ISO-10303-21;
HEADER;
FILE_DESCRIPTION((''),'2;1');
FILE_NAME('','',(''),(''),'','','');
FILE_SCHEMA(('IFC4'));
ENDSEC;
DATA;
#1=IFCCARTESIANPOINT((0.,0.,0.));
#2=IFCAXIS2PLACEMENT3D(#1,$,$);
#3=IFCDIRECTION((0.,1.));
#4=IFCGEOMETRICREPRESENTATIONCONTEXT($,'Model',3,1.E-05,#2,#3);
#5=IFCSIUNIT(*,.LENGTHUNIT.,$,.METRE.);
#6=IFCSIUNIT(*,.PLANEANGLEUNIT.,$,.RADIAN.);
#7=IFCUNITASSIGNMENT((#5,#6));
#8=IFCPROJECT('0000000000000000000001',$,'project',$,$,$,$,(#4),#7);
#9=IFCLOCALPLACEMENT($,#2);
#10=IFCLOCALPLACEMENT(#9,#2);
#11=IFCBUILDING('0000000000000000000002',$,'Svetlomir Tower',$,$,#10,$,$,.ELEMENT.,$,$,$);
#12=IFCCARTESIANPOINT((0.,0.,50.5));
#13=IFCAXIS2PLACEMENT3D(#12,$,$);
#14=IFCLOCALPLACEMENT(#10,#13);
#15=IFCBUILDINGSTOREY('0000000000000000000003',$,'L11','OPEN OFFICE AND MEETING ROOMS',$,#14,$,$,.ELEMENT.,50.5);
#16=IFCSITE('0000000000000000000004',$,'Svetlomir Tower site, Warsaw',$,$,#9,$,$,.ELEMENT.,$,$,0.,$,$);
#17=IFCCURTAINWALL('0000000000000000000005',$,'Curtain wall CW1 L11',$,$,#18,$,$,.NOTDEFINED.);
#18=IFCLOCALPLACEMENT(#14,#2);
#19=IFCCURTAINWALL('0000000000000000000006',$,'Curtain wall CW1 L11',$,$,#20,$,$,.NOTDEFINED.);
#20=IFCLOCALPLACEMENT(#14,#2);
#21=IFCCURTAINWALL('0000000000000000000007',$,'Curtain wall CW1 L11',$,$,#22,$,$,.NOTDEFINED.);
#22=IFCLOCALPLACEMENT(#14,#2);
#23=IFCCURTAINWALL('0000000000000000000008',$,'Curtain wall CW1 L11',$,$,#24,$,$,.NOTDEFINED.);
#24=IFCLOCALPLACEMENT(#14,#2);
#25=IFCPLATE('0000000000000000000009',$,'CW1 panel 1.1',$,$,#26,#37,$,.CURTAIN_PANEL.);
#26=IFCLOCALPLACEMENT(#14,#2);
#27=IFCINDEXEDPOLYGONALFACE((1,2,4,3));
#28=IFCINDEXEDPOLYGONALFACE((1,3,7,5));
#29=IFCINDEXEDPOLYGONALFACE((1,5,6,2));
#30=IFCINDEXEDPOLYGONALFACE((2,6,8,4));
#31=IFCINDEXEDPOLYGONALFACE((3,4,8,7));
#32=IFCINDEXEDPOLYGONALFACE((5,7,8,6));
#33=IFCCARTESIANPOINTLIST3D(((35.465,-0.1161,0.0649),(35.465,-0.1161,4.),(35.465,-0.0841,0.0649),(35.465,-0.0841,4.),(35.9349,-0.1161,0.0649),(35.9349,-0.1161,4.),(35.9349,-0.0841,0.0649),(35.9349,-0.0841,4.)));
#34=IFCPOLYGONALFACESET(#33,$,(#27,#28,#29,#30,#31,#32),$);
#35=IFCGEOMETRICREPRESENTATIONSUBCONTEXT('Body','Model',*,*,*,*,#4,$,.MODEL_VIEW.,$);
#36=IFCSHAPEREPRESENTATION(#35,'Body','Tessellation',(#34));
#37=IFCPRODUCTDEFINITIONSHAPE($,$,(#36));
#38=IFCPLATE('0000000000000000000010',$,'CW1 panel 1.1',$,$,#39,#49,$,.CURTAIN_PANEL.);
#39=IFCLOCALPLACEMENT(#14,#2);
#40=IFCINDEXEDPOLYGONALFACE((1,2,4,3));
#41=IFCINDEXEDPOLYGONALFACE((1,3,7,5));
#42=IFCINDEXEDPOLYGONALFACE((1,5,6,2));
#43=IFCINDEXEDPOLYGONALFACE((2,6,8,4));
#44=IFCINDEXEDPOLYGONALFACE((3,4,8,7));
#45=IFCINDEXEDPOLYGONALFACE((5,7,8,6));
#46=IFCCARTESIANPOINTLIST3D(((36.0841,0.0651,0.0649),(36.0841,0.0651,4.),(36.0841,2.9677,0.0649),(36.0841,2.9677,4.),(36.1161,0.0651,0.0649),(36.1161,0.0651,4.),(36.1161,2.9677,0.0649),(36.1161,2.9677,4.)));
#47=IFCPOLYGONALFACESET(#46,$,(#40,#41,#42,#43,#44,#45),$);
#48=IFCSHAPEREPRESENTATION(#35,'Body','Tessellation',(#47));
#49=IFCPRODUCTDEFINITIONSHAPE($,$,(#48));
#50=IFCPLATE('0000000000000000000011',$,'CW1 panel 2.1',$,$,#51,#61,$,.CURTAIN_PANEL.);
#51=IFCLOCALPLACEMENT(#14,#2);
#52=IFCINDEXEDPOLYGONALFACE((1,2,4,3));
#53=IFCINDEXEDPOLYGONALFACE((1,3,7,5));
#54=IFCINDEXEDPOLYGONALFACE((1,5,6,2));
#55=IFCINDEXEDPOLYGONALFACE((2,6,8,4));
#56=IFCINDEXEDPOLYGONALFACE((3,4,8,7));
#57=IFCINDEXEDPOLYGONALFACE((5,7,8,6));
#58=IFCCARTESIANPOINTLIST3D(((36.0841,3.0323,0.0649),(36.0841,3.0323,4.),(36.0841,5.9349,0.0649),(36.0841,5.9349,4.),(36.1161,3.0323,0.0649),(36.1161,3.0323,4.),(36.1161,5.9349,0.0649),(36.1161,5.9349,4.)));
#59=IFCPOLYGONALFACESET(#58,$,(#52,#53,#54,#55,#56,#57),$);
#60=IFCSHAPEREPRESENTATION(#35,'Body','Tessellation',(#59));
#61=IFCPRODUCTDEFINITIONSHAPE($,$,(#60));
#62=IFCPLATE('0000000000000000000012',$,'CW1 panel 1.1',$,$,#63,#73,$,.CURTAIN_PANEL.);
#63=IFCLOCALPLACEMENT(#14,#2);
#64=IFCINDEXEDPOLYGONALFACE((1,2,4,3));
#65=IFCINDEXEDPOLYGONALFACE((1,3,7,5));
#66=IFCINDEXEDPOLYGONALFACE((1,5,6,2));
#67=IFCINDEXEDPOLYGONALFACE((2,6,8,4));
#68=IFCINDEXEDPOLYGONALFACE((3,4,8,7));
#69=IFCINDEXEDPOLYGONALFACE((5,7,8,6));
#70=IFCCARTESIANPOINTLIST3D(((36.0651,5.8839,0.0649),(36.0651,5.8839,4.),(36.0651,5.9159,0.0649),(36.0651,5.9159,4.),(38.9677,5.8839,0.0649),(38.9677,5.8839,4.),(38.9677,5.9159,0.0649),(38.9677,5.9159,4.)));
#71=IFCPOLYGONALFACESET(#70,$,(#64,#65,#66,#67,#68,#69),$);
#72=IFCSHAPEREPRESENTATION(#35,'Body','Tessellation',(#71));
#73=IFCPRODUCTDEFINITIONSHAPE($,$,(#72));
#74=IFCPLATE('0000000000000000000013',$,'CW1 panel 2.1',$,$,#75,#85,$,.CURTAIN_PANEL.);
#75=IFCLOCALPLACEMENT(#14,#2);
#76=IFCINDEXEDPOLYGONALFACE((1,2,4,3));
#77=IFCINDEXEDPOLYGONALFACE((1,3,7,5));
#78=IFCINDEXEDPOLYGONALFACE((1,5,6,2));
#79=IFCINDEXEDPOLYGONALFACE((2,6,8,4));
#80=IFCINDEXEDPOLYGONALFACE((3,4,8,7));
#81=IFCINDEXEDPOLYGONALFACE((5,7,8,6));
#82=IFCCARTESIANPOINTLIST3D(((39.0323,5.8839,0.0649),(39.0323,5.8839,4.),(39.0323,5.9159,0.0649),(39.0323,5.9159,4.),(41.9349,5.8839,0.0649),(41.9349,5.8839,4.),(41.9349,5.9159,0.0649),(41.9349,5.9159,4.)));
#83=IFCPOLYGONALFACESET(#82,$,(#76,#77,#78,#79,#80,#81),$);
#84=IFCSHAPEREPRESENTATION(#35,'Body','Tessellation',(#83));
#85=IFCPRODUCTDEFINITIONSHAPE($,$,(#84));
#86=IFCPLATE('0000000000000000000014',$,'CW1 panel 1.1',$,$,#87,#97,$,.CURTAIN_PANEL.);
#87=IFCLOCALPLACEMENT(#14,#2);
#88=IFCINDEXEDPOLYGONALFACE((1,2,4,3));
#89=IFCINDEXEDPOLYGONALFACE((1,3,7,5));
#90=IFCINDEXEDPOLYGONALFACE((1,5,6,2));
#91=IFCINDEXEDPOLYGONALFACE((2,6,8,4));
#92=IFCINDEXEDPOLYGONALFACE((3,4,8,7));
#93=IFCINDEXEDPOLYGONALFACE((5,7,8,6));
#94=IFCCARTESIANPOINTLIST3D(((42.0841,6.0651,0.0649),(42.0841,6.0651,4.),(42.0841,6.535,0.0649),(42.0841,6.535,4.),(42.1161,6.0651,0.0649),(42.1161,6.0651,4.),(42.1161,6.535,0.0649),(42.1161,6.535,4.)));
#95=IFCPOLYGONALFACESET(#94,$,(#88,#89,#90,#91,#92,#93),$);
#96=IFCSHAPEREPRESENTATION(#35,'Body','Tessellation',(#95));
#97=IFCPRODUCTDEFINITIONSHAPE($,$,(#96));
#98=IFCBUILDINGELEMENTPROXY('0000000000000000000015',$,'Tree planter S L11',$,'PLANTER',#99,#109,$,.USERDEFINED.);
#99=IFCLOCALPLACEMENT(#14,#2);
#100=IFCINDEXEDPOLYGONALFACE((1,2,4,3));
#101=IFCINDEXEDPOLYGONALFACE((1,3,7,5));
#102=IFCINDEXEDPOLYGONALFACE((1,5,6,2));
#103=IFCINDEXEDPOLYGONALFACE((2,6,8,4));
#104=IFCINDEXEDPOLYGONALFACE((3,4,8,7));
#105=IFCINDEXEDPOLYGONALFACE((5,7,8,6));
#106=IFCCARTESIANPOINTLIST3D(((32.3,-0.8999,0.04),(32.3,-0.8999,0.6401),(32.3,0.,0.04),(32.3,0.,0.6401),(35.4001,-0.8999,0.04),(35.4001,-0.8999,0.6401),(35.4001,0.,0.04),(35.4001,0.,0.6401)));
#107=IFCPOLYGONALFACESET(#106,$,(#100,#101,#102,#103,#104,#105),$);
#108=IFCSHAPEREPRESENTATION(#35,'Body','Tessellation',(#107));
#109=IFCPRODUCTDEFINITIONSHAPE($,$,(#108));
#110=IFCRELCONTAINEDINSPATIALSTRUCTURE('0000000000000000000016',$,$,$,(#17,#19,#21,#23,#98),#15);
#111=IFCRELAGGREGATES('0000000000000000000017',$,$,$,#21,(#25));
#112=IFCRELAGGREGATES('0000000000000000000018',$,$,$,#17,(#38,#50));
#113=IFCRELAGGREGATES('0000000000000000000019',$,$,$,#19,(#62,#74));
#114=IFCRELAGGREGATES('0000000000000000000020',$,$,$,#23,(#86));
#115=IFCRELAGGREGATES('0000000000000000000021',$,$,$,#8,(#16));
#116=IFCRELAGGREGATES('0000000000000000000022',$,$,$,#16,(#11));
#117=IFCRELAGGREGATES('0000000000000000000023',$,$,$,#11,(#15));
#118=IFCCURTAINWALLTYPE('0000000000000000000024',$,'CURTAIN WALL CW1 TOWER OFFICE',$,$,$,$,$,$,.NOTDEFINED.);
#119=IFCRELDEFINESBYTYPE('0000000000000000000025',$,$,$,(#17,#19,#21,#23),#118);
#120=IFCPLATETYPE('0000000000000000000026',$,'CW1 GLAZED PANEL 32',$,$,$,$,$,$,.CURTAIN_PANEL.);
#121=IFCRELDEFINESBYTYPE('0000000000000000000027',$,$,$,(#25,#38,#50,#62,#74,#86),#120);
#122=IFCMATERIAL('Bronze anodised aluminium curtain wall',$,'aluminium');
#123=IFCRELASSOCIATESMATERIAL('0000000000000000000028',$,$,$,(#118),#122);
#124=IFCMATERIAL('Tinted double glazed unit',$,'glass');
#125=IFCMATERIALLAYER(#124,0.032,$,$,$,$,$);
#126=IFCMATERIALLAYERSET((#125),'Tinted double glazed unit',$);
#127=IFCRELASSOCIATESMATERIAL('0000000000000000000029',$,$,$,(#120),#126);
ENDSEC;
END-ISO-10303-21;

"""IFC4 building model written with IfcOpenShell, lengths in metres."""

from ifc_helpers import new_model, si_unit, direction, frame, origin, origin_2d, place, context, subcontext, project, spatial, rectangle, extrude, material, layer, layer_set, type_object, element, aggregate, save


model = new_model("IFC4")

# Units and contexts
model_context = context("Model", 3, precision=1e-05, world=origin(), true_north=direction((0.0, 1.0)))
body_context = subcontext(model_context, "Body", "Model", "MODEL_VIEW")
ifc_project = project(units=[si_unit("LENGTHUNIT", "METRE"), si_unit("PLANEANGLEUNIT", "RADIAN")], contexts=[model_context])

# Site, building, storey
site_placement = place(None, origin())
site = spatial("IfcSite", under=ifc_project, at=site_placement, Name="Svetlomir Tower site, Warsaw", CompositionType="ELEMENT", RefElevation=0.0)
building_placement = place(site_placement, origin())
building = spatial("IfcBuilding", under=site, at=building_placement, Name="Svetlomir Tower", CompositionType="ELEMENT")
storey_placement = place(building_placement, frame((0.0, 0.0, 50.5)))
storey = spatial("IfcBuildingStorey", under=building, at=storey_placement, Name="L11", Description="OPEN OFFICE AND MEETING ROOMS", CompositionType="ELEMENT", Elevation=50.5)

# Curtain walls
ifc_material_1 = material(Name="Bronze anodised aluminium curtain wall", Category="aluminium")
curtain_wall_type = type_object("IfcCurtainWallType", Name="CURTAIN WALL CW1 TOWER OFFICE", PredefinedType="NOTDEFINED", material=ifc_material_1)
curtain_wall_1_placement = place(storey_placement, origin())
curtain_wall_1 = element("IfcCurtainWall", 1, at=curtain_wall_1_placement, inside=storey, type_object=curtain_wall_type, Name="Curtain wall CW1 L11", PredefinedType="NOTDEFINED")
curtain_wall_2_placement = place(storey_placement, origin())
curtain_wall_2 = element("IfcCurtainWall", 2, at=curtain_wall_2_placement, inside=storey, type_object=curtain_wall_type, Name="Curtain wall CW1 L11", PredefinedType="NOTDEFINED")

# Curtain wall
curtain_wall_3_placement = place(storey_placement, origin())
curtain_wall_3 = element("IfcCurtainWall", 3, at=curtain_wall_3_placement, inside=storey, type_object=curtain_wall_type, Name="Curtain wall CW1 L11", PredefinedType="NOTDEFINED")

# Curtain wall
curtain_wall_4_placement = place(storey_placement, origin())
curtain_wall_4 = element("IfcCurtainWall", 4, at=curtain_wall_4_placement, inside=storey, type_object=curtain_wall_type, Name="Curtain wall CW1 L11", PredefinedType="NOTDEFINED")

# Plates
ifc_material_2 = material(Name="Tinted double glazed unit", Category="glass")
ifc_layer = layer(ifc_material_2, 0.032)
ifc_layer_set = layer_set([ifc_layer], Name="Tinted double glazed unit")
plate_type = type_object("IfcPlateType", Name="CW1 GLAZED PANEL 32", PredefinedType="CURTAIN_PANEL", material=ifc_layer_set)
plate_1_placement = place(storey_placement, frame((35.7, -0.1001, 0.0649), z_axis=(0.0, 0.0, 1.0), x_axis=(1.0, 0.0, 0.0)))
plate_1 = element("IfcPlate", 5, at=plate_1_placement, type_object=plate_type, Name="CW1 panel 1.1", PredefinedType="CURTAIN_PANEL", context=body_context, shape_type="SweptSolid", body=[
    extrude(rectangle(XDim=0.47, YDim=0.032, at=origin_2d()), origin(), (0.0, 0.0, 1.0), 3.9351),
])
aggregate(curtain_wall_3, [plate_1])
plate_2_placement = place(storey_placement, frame((36.1001, 1.5164, 0.0649), z_axis=(0.0, 0.0, 1.0), x_axis=(0.0, 1.0, 0.0)))
plate_2 = element("IfcPlate", 6, at=plate_2_placement, type_object=plate_type, Name="CW1 panel 1.1", PredefinedType="CURTAIN_PANEL", context=body_context, shape_type="SweptSolid", body=[
    extrude(rectangle(XDim=2.9026, YDim=0.032, at=origin_2d()), origin(), (0.0, 0.0, 1.0), 3.9351),
])
plate_3_placement = place(storey_placement, frame((36.1001, 4.4836, 0.0649), z_axis=(0.0, 0.0, 1.0), x_axis=(0.0, 1.0, 0.0)))
plate_3 = element("IfcPlate", 7, at=plate_3_placement, type_object=plate_type, Name="CW1 panel 2.1", PredefinedType="CURTAIN_PANEL", context=body_context, shape_type="SweptSolid", body=[
    extrude(rectangle(XDim=2.9026, YDim=0.032, at=origin_2d()), origin(), (0.0, 0.0, 1.0), 3.9351),
])
aggregate(curtain_wall_1, [plate_2, plate_3])
plate_4_placement = place(storey_placement, frame((37.5164, 5.8999, 0.0649), z_axis=(0.0, 0.0, 1.0), x_axis=(1.0, 0.0, 0.0)))
plate_4 = element("IfcPlate", 8, at=plate_4_placement, type_object=plate_type, Name="CW1 panel 1.1", PredefinedType="CURTAIN_PANEL", context=body_context, shape_type="SweptSolid", body=[
    extrude(rectangle(XDim=2.9026, YDim=0.032, at=origin_2d()), origin(), (0.0, 0.0, 1.0), 3.9351),
])
plate_5_placement = place(storey_placement, frame((40.4836, 5.8999, 0.0649), z_axis=(0.0, 0.0, 1.0), x_axis=(1.0, 0.0, 0.0)))
plate_5 = element("IfcPlate", 9, at=plate_5_placement, type_object=plate_type, Name="CW1 panel 2.1", PredefinedType="CURTAIN_PANEL", context=body_context, shape_type="SweptSolid", body=[
    extrude(rectangle(XDim=2.9026, YDim=0.032, at=origin_2d()), origin(), (0.0, 0.0, 1.0), 3.9351),
])
aggregate(curtain_wall_2, [plate_4, plate_5])
plate_6_placement = place(storey_placement, frame((42.1001, 6.3, 0.0649), z_axis=(0.0, 0.0, 1.0), x_axis=(0.0, 1.0, 0.0)))
plate_6 = element("IfcPlate", 10, at=plate_6_placement, type_object=plate_type, Name="CW1 panel 1.1", PredefinedType="CURTAIN_PANEL", context=body_context, shape_type="SweptSolid", body=[
    extrude(rectangle(XDim=0.47, YDim=0.032, at=origin_2d()), origin(), (0.0, 0.0, 1.0), 3.9351),
])
aggregate(curtain_wall_4, [plate_6])

# Building element proxy
proxy_placement = place(storey_placement, frame((33.8501, -0.45, 0.04), z_axis=(0.0, 0.0, 1.0), x_axis=(1.0, 0.0, 0.0)))
element("IfcBuildingElementProxy", 11, at=proxy_placement, inside=storey, Name="Tree planter S L11", ObjectType="PLANTER", PredefinedType="USERDEFINED", context=body_context, shape_type="SweptSolid", body=[
    extrude(rectangle(XDim=3.1001, YDim=0.8999, at=origin_2d()), origin(), (0.0, 0.0, 1.0), 0.6001),
])

save(model, "model.ifc")
